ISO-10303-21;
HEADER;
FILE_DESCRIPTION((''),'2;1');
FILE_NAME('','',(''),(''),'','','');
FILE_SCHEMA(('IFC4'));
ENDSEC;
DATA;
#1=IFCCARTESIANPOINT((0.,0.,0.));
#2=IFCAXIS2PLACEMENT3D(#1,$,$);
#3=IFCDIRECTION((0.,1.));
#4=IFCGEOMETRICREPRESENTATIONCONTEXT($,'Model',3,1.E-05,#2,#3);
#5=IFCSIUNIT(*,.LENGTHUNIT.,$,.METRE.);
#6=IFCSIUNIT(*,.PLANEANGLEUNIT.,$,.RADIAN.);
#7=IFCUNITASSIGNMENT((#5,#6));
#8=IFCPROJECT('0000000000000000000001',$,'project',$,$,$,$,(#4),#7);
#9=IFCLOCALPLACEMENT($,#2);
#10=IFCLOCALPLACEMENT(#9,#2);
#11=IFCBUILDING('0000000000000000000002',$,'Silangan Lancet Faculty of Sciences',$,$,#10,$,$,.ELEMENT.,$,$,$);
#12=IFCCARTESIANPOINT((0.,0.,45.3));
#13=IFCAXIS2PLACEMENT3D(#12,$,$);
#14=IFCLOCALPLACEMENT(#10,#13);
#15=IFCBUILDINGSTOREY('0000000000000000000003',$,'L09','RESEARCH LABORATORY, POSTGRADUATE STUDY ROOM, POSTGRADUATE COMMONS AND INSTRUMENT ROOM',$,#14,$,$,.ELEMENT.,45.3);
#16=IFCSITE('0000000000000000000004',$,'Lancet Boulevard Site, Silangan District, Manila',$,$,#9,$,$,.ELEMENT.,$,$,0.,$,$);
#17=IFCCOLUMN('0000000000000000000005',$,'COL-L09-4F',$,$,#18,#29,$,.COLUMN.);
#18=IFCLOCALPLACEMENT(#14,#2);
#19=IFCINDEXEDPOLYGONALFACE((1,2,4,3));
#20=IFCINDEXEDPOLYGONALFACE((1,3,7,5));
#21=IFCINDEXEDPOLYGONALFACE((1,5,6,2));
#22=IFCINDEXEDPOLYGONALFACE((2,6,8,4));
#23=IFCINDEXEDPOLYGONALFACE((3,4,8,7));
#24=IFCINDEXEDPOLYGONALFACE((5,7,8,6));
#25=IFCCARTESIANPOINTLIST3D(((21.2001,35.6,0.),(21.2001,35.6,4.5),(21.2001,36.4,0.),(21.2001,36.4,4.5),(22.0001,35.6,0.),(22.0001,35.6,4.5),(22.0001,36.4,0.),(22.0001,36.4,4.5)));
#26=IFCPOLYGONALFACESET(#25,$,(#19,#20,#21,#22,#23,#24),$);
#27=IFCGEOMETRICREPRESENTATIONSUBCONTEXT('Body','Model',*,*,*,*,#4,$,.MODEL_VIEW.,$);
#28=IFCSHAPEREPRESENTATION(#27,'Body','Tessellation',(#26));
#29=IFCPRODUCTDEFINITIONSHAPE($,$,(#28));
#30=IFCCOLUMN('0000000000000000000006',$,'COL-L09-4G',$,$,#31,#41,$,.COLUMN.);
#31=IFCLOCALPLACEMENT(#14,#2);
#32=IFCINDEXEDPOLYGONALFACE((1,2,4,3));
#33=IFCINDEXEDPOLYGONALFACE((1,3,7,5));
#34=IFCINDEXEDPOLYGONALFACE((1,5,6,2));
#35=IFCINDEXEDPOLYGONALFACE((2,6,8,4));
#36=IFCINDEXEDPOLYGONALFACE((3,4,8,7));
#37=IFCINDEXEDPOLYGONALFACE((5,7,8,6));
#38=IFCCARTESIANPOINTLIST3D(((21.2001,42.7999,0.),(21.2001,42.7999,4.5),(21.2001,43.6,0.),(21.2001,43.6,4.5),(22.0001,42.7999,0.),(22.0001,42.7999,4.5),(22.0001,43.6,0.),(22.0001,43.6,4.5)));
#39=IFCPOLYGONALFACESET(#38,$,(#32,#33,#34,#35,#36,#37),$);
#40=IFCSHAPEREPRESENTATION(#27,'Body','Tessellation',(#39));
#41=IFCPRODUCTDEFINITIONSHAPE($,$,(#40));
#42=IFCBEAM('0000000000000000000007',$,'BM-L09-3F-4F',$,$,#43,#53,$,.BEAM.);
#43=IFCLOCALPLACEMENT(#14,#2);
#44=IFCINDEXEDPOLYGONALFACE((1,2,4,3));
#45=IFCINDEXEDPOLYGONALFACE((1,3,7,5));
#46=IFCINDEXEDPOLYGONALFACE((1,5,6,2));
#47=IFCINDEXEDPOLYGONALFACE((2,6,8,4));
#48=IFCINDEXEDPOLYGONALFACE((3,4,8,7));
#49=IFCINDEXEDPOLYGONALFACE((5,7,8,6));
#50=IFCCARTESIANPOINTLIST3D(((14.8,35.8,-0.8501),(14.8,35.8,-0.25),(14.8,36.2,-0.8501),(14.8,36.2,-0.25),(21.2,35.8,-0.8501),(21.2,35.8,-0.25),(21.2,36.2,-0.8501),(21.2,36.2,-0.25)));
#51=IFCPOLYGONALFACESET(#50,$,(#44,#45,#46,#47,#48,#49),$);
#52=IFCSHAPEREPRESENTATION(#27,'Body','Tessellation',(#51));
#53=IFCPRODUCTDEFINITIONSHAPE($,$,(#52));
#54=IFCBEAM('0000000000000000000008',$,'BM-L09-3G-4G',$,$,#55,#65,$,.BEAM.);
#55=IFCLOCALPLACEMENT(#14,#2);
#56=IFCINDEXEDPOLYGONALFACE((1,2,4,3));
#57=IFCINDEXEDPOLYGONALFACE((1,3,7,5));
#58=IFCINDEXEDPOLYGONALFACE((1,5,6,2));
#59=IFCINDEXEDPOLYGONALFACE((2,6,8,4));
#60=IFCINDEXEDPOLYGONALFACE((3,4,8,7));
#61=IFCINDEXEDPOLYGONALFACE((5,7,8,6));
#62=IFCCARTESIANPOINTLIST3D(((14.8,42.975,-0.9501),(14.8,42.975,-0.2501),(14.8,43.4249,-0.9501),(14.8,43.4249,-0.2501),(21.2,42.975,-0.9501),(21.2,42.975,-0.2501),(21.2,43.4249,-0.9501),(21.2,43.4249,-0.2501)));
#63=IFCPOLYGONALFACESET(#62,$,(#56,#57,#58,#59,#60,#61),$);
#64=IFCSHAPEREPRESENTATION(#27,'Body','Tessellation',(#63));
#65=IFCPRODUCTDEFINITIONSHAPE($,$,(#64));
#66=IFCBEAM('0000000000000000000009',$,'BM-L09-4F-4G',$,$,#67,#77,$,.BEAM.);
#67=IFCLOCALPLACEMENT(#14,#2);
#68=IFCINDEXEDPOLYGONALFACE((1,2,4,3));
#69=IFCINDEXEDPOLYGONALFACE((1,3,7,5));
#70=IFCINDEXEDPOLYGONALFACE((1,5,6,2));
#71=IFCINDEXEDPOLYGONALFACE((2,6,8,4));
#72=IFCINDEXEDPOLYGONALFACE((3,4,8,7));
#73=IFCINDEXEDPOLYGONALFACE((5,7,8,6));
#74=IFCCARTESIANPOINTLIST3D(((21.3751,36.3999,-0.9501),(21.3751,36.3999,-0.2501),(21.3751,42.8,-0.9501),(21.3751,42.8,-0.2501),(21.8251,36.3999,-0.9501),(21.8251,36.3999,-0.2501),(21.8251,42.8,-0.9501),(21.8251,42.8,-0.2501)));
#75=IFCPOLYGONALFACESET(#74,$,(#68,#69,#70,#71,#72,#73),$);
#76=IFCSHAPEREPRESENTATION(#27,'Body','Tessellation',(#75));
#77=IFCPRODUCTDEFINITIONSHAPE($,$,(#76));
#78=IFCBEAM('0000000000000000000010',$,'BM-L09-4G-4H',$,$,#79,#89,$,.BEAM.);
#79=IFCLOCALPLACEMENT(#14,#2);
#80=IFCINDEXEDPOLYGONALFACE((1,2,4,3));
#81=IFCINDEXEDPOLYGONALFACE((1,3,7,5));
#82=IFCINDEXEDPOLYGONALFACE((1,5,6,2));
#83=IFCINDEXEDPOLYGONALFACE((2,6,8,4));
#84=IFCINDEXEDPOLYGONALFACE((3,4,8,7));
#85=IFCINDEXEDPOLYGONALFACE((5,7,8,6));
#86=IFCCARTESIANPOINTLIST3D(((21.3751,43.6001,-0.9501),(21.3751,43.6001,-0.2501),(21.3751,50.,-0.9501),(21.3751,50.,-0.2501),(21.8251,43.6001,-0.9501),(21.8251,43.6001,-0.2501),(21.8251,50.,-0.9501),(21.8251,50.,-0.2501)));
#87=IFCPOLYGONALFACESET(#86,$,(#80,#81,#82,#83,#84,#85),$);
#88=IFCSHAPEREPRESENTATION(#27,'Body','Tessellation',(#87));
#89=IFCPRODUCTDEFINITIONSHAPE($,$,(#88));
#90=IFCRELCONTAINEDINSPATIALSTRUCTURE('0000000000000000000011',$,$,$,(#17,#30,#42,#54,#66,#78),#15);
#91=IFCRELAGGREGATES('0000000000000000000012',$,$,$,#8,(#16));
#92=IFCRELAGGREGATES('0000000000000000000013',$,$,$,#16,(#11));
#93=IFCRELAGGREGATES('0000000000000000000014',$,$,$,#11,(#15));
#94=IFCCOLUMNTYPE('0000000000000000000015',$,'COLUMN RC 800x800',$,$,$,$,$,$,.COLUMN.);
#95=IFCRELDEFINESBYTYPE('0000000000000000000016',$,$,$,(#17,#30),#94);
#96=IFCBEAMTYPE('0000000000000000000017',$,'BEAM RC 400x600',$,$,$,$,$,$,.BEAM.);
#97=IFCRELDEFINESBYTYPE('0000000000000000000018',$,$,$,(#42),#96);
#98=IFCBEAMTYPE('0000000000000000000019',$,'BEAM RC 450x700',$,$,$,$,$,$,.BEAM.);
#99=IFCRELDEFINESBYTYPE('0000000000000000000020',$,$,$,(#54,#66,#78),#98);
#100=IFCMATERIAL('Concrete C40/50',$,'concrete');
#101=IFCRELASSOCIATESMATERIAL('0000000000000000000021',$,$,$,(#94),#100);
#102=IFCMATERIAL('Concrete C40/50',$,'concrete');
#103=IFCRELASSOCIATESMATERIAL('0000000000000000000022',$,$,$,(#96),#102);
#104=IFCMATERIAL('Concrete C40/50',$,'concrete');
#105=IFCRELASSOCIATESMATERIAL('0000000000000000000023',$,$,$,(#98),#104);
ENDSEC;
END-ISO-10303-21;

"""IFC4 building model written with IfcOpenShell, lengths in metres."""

from ifc_helpers import new_model, si_unit, direction, frame, origin, origin_2d, place, context, subcontext, project, spatial, rectangle, extrude, material, material_profile, profile_set, type_object, element, save


model = new_model("IFC4")

# Units and contexts
model_context = context("Model", 3, precision=1e-05, world=origin(), true_north=direction((0.0, 1.0)))
body_context = subcontext(model_context, "Body", "Model", "MODEL_VIEW")
ifc_project = project(units=[si_unit("LENGTHUNIT", "METRE"), si_unit("PLANEANGLEUNIT", "RADIAN")], contexts=[model_context])

# Site, building, storey
site_placement = place(None, origin())
site = spatial("IfcSite", under=ifc_project, at=site_placement, Name="Lancet Boulevard Site, Silangan District, Manila", CompositionType="ELEMENT", RefElevation=0.0)
building_placement = place(site_placement, origin())
building = spatial("IfcBuilding", under=site, at=building_placement, Name="Silangan Lancet Faculty of Sciences", CompositionType="ELEMENT")
storey_placement = place(building_placement, frame((0.0, 0.0, 45.3)))
storey = spatial("IfcBuildingStorey", under=building, at=storey_placement, Name="L09", Description="RESEARCH LABORATORY, POSTGRADUATE STUDY ROOM, POSTGRADUATE COMMONS AND INSTRUMENT ROOM", CompositionType="ELEMENT", Elevation=45.3)

# Columns
ifc_material_1 = material(Name="Concrete C40/50", Category="concrete")
ifc_material_profile_1 = material_profile(ifc_material_1, rectangle(XDim=0.8, YDim=0.8, at=origin_2d()), Name="RC 800x800")
ifc_profile_set_1 = profile_set([ifc_material_profile_1], Name="Concrete C40/50")
column_type = type_object("IfcColumnType", Name="COLUMN RC 800x800", PredefinedType="COLUMN", material=ifc_profile_set_1)
for number, where, z_axis, x_axis, name in (
    (1, (21.6001, 36.0, 0.0), (0.0, 0.0, 1.0), (1.0, 0.0, 0.0), "COL-L09-4F"),
    (2, (21.6001, 43.2, 0.0), (0.0, 0.0, 1.0), (1.0, 0.0, 0.0), "COL-L09-4G"),
):
    element("IfcColumn", number, at=place(storey_placement, frame(where, z_axis=z_axis, x_axis=x_axis)), inside=storey, type_object=column_type, Name=name, PredefinedType="COLUMN", context=body_context, shape_type="SweptSolid", body=[
        extrude(rectangle(XDim=0.8, YDim=0.8, at=origin_2d()), origin(), (0.0, 0.0, 1.0), 4.5),
    ])

# Beams
ifc_material_2 = material(Name="Concrete C40/50", Category="concrete")
ifc_material_profile_2 = material_profile(ifc_material_2, rectangle(XDim=0.3999, YDim=0.6001, at=origin_2d()), Name="RC 400x600")
ifc_profile_set_2 = profile_set([ifc_material_profile_2], Name="Concrete C40/50")
beam_type_1 = type_object("IfcBeamType", Name="BEAM RC 400x600", PredefinedType="BEAM", material=ifc_profile_set_2)
beam_1_placement = place(storey_placement, frame((14.8, 36.0, -0.55), z_axis=(1.0, 0.0, 0.0), x_axis=(0.0, 1.0, 0.0)))
element("IfcBeam", 3, at=beam_1_placement, inside=storey, type_object=beam_type_1, Name="BM-L09-3F-4F", PredefinedType="BEAM", context=body_context, shape_type="SweptSolid", body=[
    extrude(rectangle(XDim=0.3999, YDim=0.6001, at=origin_2d()), origin(), (0.0, 0.0, 1.0), 6.3999),
])
ifc_material_3 = material(Name="Concrete C40/50", Category="concrete")
ifc_material_profile_3 = material_profile(ifc_material_3, rectangle(XDim=0.45, YDim=0.7, at=origin_2d()), Name="RC 450x700")
ifc_profile_set_3 = profile_set([ifc_material_profile_3], Name="Concrete C40/50")
beam_type_2 = type_object("IfcBeamType", Name="BEAM RC 450x700", PredefinedType="BEAM", material=ifc_profile_set_3)
beam_2_placement = place(storey_placement, frame((14.8, 43.2, -0.6001), z_axis=(1.0, 0.0, 0.0), x_axis=(0.0, 1.0, 0.0)))
element("IfcBeam", 4, at=beam_2_placement, inside=storey, type_object=beam_type_2, Name="BM-L09-3G-4G", PredefinedType="BEAM", context=body_context, shape_type="SweptSolid", body=[
    extrude(rectangle(XDim=0.45, YDim=0.7, at=origin_2d()), origin(), (0.0, 0.0, 1.0), 6.3999),
])
beam_3_placement = place(storey_placement, frame((21.6001, 36.3999, -0.6001), z_axis=(0.0, 1.0, 0.0), x_axis=(-1.0, 0.0, 0.0)))
element("IfcBeam", 5, at=beam_3_placement, inside=storey, type_object=beam_type_2, Name="BM-L09-4F-4G", PredefinedType="BEAM", context=body_context, shape_type="SweptSolid", body=[
    extrude(rectangle(XDim=0.45, YDim=0.7, at=origin_2d()), origin(), (0.0, 0.0, 1.0), 6.4001),
])
beam_4_placement = place(storey_placement, frame((21.6001, 43.6001, -0.6001), z_axis=(0.0, 1.0, 0.0), x_axis=(-1.0, 0.0, 0.0)))
element("IfcBeam", 6, at=beam_4_placement, inside=storey, type_object=beam_type_2, Name="BM-L09-4G-4H", PredefinedType="BEAM", context=body_context, shape_type="SweptSolid", body=[
    extrude(rectangle(XDim=0.45, YDim=0.7, at=origin_2d()), origin(), (0.0, 0.0, 1.0), 6.3999),
])

save(model, "model.ifc")
